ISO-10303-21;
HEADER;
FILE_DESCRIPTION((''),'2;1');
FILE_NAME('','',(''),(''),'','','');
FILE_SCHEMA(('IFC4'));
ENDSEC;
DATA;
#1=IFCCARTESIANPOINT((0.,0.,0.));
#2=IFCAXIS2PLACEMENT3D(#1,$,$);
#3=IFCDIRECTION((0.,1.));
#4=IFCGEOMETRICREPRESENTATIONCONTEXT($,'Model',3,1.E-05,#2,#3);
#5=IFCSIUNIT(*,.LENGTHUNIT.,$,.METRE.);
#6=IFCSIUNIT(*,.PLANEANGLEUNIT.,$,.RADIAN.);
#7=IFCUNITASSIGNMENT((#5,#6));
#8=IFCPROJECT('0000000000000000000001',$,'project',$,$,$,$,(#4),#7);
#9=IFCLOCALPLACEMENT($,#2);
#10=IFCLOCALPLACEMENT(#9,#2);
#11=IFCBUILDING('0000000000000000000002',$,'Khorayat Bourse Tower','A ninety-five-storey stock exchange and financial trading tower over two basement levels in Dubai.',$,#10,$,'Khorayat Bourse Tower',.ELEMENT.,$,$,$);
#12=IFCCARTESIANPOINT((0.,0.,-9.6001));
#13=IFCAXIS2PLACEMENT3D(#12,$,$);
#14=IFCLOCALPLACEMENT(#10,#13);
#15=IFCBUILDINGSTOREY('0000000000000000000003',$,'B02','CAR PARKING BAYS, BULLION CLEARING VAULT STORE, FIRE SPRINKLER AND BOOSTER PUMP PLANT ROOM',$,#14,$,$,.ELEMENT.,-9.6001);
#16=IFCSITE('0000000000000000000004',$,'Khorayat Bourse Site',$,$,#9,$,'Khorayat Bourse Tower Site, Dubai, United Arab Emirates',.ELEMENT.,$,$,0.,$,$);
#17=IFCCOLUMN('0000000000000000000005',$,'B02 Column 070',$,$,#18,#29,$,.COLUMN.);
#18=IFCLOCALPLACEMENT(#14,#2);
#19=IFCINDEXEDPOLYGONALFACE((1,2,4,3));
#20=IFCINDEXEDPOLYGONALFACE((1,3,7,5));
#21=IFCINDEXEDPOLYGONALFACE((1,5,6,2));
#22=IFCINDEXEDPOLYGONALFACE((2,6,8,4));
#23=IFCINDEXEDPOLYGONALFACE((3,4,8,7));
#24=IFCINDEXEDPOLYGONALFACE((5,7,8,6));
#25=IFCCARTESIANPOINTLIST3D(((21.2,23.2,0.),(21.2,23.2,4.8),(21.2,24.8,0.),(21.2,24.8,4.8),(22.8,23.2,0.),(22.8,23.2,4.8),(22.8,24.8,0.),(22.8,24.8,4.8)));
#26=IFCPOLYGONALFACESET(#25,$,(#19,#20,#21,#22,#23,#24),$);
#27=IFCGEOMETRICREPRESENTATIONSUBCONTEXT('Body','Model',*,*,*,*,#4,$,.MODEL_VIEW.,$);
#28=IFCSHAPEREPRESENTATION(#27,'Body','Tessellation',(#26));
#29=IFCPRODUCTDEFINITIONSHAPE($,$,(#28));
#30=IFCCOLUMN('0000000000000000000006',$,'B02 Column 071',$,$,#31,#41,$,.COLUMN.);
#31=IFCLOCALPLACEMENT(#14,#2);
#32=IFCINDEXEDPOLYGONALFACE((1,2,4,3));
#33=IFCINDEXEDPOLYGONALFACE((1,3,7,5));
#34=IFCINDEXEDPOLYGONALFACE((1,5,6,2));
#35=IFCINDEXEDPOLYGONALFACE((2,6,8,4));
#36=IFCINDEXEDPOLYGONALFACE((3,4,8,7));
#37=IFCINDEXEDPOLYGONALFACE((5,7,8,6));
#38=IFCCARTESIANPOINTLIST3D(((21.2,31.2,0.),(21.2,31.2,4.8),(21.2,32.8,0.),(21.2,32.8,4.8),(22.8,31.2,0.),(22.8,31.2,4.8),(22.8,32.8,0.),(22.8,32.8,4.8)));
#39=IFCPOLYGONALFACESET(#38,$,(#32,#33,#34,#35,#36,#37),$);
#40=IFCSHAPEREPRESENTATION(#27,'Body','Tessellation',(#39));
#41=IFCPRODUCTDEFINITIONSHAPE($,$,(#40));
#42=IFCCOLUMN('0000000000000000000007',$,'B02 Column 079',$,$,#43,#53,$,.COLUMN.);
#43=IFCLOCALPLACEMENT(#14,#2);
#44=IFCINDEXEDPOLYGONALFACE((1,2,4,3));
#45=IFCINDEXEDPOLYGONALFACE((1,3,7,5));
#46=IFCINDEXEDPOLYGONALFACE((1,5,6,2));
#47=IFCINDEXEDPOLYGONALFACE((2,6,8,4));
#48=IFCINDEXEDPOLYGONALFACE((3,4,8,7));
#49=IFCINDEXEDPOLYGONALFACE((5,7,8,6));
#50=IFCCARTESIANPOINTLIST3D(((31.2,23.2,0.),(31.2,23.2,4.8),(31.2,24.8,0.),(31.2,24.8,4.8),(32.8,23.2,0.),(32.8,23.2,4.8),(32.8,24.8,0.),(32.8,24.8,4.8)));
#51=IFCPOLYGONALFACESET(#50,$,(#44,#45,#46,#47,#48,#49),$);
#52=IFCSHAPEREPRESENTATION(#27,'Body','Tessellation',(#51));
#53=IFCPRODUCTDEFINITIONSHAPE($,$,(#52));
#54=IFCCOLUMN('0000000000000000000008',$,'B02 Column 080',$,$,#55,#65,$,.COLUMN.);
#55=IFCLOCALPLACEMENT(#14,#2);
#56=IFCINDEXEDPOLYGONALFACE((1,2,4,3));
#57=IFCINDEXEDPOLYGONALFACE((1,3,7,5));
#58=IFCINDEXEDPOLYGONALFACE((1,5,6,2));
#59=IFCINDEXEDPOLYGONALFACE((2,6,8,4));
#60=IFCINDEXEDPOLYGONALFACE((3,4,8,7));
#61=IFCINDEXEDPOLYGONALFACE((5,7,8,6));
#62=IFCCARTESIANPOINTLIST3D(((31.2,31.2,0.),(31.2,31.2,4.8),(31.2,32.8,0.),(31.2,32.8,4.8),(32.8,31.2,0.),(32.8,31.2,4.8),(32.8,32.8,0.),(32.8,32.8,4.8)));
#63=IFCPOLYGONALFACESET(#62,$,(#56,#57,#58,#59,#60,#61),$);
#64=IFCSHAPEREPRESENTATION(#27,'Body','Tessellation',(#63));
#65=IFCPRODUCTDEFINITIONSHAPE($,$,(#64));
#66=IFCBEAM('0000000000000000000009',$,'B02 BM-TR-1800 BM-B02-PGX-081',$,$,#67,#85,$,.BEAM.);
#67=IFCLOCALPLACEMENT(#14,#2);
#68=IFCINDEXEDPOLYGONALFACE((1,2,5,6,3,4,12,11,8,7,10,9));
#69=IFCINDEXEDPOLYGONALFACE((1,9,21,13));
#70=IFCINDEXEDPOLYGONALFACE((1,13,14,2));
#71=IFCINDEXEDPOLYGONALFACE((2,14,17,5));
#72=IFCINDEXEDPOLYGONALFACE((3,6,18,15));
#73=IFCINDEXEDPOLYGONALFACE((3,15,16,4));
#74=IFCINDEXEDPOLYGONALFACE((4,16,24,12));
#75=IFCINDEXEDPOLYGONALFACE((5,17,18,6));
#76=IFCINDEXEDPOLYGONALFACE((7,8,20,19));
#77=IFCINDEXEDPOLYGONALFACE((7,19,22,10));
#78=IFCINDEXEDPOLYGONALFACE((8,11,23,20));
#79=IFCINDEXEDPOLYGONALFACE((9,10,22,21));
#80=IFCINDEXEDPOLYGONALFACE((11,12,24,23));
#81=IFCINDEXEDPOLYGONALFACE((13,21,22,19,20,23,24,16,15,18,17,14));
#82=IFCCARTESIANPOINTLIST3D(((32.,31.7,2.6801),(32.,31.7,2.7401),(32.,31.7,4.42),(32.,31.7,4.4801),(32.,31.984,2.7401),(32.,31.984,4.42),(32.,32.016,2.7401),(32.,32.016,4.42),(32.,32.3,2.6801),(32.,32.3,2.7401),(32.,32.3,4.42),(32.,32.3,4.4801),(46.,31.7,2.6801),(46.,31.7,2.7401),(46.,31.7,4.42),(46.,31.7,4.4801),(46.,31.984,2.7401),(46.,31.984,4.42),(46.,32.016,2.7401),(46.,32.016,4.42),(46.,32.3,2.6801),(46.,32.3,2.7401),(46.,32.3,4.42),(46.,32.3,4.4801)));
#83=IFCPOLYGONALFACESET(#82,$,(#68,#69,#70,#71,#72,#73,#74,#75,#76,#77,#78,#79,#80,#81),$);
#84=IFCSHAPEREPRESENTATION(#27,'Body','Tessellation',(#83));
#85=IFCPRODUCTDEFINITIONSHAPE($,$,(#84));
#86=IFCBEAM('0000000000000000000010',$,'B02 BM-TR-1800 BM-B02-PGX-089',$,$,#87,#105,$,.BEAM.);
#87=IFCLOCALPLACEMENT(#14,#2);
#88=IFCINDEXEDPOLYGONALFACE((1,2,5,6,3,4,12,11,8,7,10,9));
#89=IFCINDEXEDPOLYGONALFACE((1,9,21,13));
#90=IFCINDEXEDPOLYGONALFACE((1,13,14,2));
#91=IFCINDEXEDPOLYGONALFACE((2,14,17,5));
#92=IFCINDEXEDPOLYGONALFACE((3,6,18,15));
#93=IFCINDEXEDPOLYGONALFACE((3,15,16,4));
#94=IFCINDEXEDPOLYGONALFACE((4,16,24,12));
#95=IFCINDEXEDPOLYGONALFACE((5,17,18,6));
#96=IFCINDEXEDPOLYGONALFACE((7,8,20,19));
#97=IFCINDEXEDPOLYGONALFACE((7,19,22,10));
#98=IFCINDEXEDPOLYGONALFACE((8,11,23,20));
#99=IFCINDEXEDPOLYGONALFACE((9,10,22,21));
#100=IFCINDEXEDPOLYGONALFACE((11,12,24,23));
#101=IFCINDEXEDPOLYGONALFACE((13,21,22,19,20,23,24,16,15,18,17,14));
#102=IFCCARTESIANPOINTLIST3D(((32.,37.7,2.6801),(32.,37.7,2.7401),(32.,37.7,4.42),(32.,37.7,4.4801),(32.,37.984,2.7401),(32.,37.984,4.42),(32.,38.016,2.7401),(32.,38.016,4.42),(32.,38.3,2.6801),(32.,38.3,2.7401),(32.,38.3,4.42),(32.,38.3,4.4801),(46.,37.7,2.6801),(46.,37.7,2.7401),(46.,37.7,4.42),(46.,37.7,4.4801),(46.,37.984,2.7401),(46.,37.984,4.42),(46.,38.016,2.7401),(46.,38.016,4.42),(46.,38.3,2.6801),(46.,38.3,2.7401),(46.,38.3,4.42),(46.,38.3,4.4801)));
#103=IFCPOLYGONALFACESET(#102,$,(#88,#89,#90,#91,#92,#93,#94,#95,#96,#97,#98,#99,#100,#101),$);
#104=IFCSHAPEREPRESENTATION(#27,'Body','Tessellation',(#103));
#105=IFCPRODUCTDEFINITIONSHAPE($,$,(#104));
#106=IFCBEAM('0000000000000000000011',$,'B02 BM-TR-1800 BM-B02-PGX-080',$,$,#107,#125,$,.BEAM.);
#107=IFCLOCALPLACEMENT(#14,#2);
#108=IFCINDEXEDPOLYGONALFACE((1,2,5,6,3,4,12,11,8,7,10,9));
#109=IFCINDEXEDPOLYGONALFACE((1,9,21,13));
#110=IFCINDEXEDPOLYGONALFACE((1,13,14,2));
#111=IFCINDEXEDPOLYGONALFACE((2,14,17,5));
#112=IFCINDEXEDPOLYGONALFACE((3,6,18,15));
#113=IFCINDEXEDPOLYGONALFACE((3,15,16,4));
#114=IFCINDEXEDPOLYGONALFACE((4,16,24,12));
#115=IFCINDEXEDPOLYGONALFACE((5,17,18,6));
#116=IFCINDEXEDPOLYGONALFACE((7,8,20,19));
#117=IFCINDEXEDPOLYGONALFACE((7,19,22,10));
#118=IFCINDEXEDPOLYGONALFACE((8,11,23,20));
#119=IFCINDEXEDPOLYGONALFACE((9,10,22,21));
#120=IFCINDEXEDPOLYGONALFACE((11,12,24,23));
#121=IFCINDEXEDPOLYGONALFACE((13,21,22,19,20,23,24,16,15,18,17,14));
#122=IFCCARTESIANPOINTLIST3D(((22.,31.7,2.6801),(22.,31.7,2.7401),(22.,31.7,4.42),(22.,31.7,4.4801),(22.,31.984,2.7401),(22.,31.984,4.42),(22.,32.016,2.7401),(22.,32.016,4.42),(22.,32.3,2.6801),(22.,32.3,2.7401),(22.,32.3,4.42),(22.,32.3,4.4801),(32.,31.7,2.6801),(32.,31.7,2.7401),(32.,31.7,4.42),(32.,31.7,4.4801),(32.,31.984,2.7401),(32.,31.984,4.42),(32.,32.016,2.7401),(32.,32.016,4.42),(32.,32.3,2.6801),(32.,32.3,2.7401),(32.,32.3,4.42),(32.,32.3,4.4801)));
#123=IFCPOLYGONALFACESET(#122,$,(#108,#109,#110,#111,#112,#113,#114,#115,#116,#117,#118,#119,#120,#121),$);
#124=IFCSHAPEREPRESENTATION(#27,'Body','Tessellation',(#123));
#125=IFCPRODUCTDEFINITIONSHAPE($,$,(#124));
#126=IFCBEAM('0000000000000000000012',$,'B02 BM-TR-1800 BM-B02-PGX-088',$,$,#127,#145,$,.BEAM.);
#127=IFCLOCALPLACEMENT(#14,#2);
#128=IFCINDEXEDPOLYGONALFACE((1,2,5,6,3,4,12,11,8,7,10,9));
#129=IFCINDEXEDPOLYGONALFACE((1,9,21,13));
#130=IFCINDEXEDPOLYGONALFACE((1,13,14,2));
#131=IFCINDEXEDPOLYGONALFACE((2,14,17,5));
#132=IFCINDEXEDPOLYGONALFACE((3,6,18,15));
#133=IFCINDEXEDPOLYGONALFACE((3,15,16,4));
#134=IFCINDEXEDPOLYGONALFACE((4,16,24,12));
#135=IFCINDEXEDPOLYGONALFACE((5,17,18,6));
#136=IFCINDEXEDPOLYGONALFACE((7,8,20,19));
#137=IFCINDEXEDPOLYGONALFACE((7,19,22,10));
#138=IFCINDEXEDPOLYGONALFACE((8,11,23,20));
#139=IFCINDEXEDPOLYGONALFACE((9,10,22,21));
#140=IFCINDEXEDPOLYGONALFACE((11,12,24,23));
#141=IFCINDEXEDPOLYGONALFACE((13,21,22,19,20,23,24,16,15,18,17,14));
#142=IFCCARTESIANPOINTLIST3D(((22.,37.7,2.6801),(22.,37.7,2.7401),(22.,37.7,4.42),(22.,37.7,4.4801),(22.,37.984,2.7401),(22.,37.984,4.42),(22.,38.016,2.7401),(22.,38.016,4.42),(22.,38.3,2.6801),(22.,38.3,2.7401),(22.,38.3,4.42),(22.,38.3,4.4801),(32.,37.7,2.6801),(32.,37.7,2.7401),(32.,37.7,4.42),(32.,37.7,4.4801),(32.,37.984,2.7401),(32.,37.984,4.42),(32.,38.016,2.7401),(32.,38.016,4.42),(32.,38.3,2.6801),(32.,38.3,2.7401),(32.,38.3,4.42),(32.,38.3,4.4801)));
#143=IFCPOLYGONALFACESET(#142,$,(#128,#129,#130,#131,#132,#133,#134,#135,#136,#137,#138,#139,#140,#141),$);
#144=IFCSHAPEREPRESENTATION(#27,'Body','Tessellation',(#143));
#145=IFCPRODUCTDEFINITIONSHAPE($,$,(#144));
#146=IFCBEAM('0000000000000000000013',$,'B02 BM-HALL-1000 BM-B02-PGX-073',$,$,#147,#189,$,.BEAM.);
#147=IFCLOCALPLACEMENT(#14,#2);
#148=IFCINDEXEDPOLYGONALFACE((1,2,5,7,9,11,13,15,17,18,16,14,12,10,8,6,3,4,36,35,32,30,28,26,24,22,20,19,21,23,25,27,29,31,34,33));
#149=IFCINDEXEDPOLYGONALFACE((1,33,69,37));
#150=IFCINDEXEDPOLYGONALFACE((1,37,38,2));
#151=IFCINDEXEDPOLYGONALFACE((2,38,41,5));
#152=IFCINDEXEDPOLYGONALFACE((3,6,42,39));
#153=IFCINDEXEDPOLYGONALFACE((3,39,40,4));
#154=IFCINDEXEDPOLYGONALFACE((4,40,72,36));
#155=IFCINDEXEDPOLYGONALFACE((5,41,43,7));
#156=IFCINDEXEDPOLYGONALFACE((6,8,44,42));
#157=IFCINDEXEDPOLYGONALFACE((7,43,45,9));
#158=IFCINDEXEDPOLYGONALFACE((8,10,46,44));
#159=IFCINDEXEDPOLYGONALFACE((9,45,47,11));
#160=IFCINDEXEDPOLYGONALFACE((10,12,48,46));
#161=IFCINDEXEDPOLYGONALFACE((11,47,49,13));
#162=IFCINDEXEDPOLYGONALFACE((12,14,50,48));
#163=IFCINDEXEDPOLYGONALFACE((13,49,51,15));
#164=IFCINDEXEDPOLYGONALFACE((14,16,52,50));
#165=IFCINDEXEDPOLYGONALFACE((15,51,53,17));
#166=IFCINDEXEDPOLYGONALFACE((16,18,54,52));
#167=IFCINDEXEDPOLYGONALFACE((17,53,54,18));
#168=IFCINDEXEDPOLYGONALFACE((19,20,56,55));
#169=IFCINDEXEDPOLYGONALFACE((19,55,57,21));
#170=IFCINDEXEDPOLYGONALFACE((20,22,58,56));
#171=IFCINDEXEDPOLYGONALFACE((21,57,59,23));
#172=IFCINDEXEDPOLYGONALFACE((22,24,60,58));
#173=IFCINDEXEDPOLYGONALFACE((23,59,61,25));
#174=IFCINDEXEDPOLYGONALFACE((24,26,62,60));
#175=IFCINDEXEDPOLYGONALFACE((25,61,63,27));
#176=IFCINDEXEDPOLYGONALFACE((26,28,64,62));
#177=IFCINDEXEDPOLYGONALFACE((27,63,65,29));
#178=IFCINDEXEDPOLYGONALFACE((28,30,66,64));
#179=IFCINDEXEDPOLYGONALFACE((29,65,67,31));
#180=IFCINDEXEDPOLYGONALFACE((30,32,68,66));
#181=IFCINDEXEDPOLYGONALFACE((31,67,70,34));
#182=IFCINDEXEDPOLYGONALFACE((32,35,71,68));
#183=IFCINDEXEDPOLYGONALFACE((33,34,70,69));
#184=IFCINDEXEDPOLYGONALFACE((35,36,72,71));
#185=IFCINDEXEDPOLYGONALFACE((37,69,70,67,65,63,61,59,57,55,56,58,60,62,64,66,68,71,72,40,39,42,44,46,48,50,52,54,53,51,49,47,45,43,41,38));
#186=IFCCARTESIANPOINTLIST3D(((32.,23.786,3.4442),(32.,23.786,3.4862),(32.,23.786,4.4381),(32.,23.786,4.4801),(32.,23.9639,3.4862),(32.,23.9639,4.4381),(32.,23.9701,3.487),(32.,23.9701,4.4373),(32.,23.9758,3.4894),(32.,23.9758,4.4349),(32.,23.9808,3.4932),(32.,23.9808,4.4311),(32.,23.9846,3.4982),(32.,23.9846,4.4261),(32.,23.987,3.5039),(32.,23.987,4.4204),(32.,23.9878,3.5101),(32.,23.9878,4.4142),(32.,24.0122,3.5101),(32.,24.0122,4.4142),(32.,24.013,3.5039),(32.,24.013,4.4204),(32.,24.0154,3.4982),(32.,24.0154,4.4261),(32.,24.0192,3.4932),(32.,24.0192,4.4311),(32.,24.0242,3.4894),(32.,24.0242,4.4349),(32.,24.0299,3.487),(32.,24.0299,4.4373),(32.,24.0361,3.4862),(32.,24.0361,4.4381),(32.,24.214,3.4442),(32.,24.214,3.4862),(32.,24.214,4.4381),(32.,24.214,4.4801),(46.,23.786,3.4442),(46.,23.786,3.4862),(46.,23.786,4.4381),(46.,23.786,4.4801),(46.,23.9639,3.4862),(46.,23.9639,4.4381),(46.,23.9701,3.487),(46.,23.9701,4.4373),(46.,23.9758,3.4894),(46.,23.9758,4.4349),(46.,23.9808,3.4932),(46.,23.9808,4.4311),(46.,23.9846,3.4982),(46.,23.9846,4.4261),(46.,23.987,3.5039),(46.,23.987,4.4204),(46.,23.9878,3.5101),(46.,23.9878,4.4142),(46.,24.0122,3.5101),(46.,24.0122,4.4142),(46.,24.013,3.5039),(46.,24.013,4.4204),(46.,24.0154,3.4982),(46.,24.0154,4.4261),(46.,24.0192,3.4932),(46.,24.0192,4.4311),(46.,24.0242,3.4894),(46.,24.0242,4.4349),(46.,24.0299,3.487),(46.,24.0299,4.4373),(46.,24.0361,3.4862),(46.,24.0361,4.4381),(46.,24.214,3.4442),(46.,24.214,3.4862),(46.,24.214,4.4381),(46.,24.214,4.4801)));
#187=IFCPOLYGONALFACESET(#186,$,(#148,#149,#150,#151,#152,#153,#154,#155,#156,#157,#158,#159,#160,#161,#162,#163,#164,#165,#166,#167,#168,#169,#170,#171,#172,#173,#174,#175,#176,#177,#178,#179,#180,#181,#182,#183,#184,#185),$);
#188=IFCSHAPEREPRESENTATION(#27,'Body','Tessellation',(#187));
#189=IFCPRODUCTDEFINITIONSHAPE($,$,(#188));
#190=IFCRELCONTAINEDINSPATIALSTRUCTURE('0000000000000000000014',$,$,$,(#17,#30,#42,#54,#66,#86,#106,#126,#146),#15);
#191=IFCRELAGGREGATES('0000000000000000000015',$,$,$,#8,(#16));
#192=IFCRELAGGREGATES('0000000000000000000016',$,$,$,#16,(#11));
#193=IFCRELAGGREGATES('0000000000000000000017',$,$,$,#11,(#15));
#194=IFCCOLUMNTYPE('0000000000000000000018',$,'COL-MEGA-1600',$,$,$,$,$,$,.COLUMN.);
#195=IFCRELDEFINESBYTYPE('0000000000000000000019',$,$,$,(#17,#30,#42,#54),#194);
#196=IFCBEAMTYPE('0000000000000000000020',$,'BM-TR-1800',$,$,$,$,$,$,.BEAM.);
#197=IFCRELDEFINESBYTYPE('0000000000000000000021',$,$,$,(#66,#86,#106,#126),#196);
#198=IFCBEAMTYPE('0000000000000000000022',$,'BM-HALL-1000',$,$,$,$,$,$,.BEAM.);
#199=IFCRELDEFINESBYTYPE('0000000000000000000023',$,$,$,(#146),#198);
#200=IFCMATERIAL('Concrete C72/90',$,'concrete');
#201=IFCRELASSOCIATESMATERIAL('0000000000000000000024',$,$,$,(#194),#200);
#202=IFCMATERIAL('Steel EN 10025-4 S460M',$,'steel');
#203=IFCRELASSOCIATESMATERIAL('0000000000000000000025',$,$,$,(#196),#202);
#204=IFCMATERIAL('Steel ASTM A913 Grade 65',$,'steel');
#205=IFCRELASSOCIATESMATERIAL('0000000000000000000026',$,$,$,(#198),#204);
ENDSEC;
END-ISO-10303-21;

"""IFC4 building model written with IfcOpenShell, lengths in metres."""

from ifc_helpers import new_model, si_unit, direction, frame, origin, origin_2d, place, context, subcontext, project, spatial, rectangle, i_section, extrude, source, transform, mapped, material, material_profile, profile_set, type_object, element, save


model = new_model("IFC4")

# Units and contexts
model_context = context("Model", 3, precision=1e-05, world=origin(), true_north=direction((0.0, 1.0)))
body_context = subcontext(model_context, "Body", "Model", "MODEL_VIEW")
ifc_project = project(units=[si_unit("LENGTHUNIT", "METRE"), si_unit("PLANEANGLEUNIT", "RADIAN")], contexts=[model_context])

# Site, building, storey
site_placement = place(None, origin())
site = spatial("IfcSite", under=ifc_project, at=site_placement, Name="Khorayat Bourse Site", LongName="Khorayat Bourse Tower Site, Dubai, United Arab Emirates", CompositionType="ELEMENT", RefElevation=0.0)
building_placement = place(site_placement, origin())
building = spatial("IfcBuilding", under=site, at=building_placement, Name="Khorayat Bourse Tower", Description="A ninety-five-storey stock exchange and financial trading tower over two basement levels in Dubai.", LongName="Khorayat Bourse Tower", CompositionType="ELEMENT")
storey_placement = place(building_placement, frame((0.0, 0.0, -9.6001)))
storey = spatial("IfcBuildingStorey", under=building, at=storey_placement, Name="B02", Description="CAR PARKING BAYS, BULLION CLEARING VAULT STORE, FIRE SPRINKLER AND BOOSTER PUMP PLANT ROOM", CompositionType="ELEMENT", Elevation=-9.6001)

# Columns
ifc_material_1 = material(Name="Concrete C72/90", Category="concrete")
ifc_material_profile_1 = material_profile(ifc_material_1, rectangle(XDim=1.6001, YDim=1.6001, at=origin_2d()), Name="RC 1600x1600")
ifc_profile_set_1 = profile_set([ifc_material_profile_1], Name="Concrete C72/90")
column_type_1 = type_object("IfcColumnType", Name="COL-MEGA-1600", PredefinedType="COLUMN", material=ifc_profile_set_1)
shared_shape_1 = source(origin(), body_context, "Body", "SweptSolid", [
    extrude(rectangle(XDim=1.6001, YDim=1.6001, at=origin_2d()), origin(), (0.0, 0.0, 1.0), 4.8),
])
for number, where, z_axis, x_axis, name in (
    (1, (22.0, 24.0, 0.0), (0.0, 0.0, 1.0), (1.0, 0.0, 0.0), "B02 Column 070"),
    (2, (22.0, 32.0, 0.0), (0.0, 0.0, 1.0), (1.0, 0.0, 0.0), "B02 Column 071"),
    (3, (32.0, 24.0, 0.0), (0.0, 0.0, 1.0), (1.0, 0.0, 0.0), "B02 Column 079"),
    (4, (32.0, 32.0, 0.0), (0.0, 0.0, 1.0), (1.0, 0.0, 0.0), "B02 Column 080"),
):
    element("IfcColumn", number, at=place(storey_placement, frame(where, z_axis=z_axis, x_axis=x_axis)), inside=storey, type_object=column_type_1, Name=name, PredefinedType="COLUMN", context=body_context, shape_type="MappedRepresentation", body=[
        mapped(shared_shape_1, transform((0.0, 0.0, 0.0), scale=1.0)),
    ])

# Beams
ifc_material_2 = material(Name="Steel EN 10025-4 S460M", Category="steel")
ifc_material_profile_2 = material_profile(ifc_material_2, i_section(OverallWidth=0.6001, OverallDepth=1.8, WebThickness=0.032, FlangeThickness=0.0601, at=origin_2d()), Name="PG 1800x600x32x60")
ifc_profile_set_2 = profile_set([ifc_material_profile_2], Name="Steel EN 10025-4 S460M")
beam_type_1 = type_object("IfcBeamType", Name="BM-TR-1800", PredefinedType="BEAM", material=ifc_profile_set_2)
shared_shape_2 = source(origin(), body_context, "Body", "SweptSolid", [
    extrude(i_section(OverallWidth=0.6001, OverallDepth=1.8, WebThickness=0.032, FlangeThickness=0.0601, at=origin_2d()), origin(), (0.0, 0.0, 1.0), 14.0),
])
for number, where, z_axis, x_axis, name in (
    (5, (32.0, 32.0, 3.5801), (1.0, 0.0, 0.0), (0.0, 1.0, 0.0), "B02 BM-TR-1800 BM-B02-PGX-081"),
    (6, (32.0, 38.0, 3.5801), (1.0, 0.0, 0.0), (0.0, 1.0, 0.0), "B02 BM-TR-1800 BM-B02-PGX-089"),
):
    element("IfcBeam", number, at=place(storey_placement, frame(where, z_axis=z_axis, x_axis=x_axis)), inside=storey, type_object=beam_type_1, Name=name, PredefinedType="BEAM", context=body_context, shape_type="MappedRepresentation", body=[
        mapped(shared_shape_2, transform((0.0, 0.0, 0.0), scale=1.0)),
    ])
shared_shape_3 = source(origin(), body_context, "Body", "SweptSolid", [
    extrude(i_section(OverallWidth=0.6001, OverallDepth=1.8, WebThickness=0.032, FlangeThickness=0.0601, at=origin_2d()), origin(), (0.0, 0.0, 1.0), 10.0),
])
for number, where, z_axis, x_axis, name in (
    (7, (22.0, 32.0, 3.5801), (1.0, 0.0, 0.0), (0.0, 1.0, 0.0), "B02 BM-TR-1800 BM-B02-PGX-080"),
    (8, (22.0, 38.0, 3.5801), (1.0, 0.0, 0.0), (0.0, 1.0, 0.0), "B02 BM-TR-1800 BM-B02-PGX-088"),
):
    element("IfcBeam", number, at=place(storey_placement, frame(where, z_axis=z_axis, x_axis=x_axis)), inside=storey, type_object=beam_type_1, Name=name, PredefinedType="BEAM", context=body_context, shape_type="MappedRepresentation", body=[
        mapped(shared_shape_3, transform((0.0, 0.0, 0.0), scale=1.0)),
    ])
ifc_material_3 = material(Name="Steel ASTM A913 Grade 65", Category="steel")
ifc_material_profile_3 = material_profile(ifc_material_3, i_section(OverallWidth=0.428, OverallDepth=1.0359, WebThickness=0.0244, FlangeThickness=0.042, FilletRadius=0.0239, at=origin_2d()), Name="W1000X443")
ifc_profile_set_3 = profile_set([ifc_material_profile_3], Name="Steel ASTM A913 Grade 65")
beam_type_2 = type_object("IfcBeamType", Name="BM-HALL-1000", PredefinedType="BEAM", material=ifc_profile_set_3)
shared_shape_4 = source(origin(), body_context, "Body", "SweptSolid", [
    extrude(i_section(OverallWidth=0.428, OverallDepth=1.0359, WebThickness=0.0244, FlangeThickness=0.042, FilletRadius=0.0239, at=origin_2d()), origin(), (0.0, 0.0, 1.0), 14.0),
])
beam_1_placement = place(storey_placement, frame((32.0, 24.0, 3.9622), z_axis=(1.0, 0.0, 0.0), x_axis=(0.0, 1.0, 0.0)))
element("IfcBeam", 9, at=beam_1_placement, inside=storey, type_object=beam_type_2, Name="B02 BM-HALL-1000 BM-B02-PGX-073", PredefinedType="BEAM", context=body_context, shape_type="MappedRepresentation", body=[
    mapped(shared_shape_4, transform((0.0, 0.0, 0.0), scale=1.0)),
])

save(model, "model.ifc")
